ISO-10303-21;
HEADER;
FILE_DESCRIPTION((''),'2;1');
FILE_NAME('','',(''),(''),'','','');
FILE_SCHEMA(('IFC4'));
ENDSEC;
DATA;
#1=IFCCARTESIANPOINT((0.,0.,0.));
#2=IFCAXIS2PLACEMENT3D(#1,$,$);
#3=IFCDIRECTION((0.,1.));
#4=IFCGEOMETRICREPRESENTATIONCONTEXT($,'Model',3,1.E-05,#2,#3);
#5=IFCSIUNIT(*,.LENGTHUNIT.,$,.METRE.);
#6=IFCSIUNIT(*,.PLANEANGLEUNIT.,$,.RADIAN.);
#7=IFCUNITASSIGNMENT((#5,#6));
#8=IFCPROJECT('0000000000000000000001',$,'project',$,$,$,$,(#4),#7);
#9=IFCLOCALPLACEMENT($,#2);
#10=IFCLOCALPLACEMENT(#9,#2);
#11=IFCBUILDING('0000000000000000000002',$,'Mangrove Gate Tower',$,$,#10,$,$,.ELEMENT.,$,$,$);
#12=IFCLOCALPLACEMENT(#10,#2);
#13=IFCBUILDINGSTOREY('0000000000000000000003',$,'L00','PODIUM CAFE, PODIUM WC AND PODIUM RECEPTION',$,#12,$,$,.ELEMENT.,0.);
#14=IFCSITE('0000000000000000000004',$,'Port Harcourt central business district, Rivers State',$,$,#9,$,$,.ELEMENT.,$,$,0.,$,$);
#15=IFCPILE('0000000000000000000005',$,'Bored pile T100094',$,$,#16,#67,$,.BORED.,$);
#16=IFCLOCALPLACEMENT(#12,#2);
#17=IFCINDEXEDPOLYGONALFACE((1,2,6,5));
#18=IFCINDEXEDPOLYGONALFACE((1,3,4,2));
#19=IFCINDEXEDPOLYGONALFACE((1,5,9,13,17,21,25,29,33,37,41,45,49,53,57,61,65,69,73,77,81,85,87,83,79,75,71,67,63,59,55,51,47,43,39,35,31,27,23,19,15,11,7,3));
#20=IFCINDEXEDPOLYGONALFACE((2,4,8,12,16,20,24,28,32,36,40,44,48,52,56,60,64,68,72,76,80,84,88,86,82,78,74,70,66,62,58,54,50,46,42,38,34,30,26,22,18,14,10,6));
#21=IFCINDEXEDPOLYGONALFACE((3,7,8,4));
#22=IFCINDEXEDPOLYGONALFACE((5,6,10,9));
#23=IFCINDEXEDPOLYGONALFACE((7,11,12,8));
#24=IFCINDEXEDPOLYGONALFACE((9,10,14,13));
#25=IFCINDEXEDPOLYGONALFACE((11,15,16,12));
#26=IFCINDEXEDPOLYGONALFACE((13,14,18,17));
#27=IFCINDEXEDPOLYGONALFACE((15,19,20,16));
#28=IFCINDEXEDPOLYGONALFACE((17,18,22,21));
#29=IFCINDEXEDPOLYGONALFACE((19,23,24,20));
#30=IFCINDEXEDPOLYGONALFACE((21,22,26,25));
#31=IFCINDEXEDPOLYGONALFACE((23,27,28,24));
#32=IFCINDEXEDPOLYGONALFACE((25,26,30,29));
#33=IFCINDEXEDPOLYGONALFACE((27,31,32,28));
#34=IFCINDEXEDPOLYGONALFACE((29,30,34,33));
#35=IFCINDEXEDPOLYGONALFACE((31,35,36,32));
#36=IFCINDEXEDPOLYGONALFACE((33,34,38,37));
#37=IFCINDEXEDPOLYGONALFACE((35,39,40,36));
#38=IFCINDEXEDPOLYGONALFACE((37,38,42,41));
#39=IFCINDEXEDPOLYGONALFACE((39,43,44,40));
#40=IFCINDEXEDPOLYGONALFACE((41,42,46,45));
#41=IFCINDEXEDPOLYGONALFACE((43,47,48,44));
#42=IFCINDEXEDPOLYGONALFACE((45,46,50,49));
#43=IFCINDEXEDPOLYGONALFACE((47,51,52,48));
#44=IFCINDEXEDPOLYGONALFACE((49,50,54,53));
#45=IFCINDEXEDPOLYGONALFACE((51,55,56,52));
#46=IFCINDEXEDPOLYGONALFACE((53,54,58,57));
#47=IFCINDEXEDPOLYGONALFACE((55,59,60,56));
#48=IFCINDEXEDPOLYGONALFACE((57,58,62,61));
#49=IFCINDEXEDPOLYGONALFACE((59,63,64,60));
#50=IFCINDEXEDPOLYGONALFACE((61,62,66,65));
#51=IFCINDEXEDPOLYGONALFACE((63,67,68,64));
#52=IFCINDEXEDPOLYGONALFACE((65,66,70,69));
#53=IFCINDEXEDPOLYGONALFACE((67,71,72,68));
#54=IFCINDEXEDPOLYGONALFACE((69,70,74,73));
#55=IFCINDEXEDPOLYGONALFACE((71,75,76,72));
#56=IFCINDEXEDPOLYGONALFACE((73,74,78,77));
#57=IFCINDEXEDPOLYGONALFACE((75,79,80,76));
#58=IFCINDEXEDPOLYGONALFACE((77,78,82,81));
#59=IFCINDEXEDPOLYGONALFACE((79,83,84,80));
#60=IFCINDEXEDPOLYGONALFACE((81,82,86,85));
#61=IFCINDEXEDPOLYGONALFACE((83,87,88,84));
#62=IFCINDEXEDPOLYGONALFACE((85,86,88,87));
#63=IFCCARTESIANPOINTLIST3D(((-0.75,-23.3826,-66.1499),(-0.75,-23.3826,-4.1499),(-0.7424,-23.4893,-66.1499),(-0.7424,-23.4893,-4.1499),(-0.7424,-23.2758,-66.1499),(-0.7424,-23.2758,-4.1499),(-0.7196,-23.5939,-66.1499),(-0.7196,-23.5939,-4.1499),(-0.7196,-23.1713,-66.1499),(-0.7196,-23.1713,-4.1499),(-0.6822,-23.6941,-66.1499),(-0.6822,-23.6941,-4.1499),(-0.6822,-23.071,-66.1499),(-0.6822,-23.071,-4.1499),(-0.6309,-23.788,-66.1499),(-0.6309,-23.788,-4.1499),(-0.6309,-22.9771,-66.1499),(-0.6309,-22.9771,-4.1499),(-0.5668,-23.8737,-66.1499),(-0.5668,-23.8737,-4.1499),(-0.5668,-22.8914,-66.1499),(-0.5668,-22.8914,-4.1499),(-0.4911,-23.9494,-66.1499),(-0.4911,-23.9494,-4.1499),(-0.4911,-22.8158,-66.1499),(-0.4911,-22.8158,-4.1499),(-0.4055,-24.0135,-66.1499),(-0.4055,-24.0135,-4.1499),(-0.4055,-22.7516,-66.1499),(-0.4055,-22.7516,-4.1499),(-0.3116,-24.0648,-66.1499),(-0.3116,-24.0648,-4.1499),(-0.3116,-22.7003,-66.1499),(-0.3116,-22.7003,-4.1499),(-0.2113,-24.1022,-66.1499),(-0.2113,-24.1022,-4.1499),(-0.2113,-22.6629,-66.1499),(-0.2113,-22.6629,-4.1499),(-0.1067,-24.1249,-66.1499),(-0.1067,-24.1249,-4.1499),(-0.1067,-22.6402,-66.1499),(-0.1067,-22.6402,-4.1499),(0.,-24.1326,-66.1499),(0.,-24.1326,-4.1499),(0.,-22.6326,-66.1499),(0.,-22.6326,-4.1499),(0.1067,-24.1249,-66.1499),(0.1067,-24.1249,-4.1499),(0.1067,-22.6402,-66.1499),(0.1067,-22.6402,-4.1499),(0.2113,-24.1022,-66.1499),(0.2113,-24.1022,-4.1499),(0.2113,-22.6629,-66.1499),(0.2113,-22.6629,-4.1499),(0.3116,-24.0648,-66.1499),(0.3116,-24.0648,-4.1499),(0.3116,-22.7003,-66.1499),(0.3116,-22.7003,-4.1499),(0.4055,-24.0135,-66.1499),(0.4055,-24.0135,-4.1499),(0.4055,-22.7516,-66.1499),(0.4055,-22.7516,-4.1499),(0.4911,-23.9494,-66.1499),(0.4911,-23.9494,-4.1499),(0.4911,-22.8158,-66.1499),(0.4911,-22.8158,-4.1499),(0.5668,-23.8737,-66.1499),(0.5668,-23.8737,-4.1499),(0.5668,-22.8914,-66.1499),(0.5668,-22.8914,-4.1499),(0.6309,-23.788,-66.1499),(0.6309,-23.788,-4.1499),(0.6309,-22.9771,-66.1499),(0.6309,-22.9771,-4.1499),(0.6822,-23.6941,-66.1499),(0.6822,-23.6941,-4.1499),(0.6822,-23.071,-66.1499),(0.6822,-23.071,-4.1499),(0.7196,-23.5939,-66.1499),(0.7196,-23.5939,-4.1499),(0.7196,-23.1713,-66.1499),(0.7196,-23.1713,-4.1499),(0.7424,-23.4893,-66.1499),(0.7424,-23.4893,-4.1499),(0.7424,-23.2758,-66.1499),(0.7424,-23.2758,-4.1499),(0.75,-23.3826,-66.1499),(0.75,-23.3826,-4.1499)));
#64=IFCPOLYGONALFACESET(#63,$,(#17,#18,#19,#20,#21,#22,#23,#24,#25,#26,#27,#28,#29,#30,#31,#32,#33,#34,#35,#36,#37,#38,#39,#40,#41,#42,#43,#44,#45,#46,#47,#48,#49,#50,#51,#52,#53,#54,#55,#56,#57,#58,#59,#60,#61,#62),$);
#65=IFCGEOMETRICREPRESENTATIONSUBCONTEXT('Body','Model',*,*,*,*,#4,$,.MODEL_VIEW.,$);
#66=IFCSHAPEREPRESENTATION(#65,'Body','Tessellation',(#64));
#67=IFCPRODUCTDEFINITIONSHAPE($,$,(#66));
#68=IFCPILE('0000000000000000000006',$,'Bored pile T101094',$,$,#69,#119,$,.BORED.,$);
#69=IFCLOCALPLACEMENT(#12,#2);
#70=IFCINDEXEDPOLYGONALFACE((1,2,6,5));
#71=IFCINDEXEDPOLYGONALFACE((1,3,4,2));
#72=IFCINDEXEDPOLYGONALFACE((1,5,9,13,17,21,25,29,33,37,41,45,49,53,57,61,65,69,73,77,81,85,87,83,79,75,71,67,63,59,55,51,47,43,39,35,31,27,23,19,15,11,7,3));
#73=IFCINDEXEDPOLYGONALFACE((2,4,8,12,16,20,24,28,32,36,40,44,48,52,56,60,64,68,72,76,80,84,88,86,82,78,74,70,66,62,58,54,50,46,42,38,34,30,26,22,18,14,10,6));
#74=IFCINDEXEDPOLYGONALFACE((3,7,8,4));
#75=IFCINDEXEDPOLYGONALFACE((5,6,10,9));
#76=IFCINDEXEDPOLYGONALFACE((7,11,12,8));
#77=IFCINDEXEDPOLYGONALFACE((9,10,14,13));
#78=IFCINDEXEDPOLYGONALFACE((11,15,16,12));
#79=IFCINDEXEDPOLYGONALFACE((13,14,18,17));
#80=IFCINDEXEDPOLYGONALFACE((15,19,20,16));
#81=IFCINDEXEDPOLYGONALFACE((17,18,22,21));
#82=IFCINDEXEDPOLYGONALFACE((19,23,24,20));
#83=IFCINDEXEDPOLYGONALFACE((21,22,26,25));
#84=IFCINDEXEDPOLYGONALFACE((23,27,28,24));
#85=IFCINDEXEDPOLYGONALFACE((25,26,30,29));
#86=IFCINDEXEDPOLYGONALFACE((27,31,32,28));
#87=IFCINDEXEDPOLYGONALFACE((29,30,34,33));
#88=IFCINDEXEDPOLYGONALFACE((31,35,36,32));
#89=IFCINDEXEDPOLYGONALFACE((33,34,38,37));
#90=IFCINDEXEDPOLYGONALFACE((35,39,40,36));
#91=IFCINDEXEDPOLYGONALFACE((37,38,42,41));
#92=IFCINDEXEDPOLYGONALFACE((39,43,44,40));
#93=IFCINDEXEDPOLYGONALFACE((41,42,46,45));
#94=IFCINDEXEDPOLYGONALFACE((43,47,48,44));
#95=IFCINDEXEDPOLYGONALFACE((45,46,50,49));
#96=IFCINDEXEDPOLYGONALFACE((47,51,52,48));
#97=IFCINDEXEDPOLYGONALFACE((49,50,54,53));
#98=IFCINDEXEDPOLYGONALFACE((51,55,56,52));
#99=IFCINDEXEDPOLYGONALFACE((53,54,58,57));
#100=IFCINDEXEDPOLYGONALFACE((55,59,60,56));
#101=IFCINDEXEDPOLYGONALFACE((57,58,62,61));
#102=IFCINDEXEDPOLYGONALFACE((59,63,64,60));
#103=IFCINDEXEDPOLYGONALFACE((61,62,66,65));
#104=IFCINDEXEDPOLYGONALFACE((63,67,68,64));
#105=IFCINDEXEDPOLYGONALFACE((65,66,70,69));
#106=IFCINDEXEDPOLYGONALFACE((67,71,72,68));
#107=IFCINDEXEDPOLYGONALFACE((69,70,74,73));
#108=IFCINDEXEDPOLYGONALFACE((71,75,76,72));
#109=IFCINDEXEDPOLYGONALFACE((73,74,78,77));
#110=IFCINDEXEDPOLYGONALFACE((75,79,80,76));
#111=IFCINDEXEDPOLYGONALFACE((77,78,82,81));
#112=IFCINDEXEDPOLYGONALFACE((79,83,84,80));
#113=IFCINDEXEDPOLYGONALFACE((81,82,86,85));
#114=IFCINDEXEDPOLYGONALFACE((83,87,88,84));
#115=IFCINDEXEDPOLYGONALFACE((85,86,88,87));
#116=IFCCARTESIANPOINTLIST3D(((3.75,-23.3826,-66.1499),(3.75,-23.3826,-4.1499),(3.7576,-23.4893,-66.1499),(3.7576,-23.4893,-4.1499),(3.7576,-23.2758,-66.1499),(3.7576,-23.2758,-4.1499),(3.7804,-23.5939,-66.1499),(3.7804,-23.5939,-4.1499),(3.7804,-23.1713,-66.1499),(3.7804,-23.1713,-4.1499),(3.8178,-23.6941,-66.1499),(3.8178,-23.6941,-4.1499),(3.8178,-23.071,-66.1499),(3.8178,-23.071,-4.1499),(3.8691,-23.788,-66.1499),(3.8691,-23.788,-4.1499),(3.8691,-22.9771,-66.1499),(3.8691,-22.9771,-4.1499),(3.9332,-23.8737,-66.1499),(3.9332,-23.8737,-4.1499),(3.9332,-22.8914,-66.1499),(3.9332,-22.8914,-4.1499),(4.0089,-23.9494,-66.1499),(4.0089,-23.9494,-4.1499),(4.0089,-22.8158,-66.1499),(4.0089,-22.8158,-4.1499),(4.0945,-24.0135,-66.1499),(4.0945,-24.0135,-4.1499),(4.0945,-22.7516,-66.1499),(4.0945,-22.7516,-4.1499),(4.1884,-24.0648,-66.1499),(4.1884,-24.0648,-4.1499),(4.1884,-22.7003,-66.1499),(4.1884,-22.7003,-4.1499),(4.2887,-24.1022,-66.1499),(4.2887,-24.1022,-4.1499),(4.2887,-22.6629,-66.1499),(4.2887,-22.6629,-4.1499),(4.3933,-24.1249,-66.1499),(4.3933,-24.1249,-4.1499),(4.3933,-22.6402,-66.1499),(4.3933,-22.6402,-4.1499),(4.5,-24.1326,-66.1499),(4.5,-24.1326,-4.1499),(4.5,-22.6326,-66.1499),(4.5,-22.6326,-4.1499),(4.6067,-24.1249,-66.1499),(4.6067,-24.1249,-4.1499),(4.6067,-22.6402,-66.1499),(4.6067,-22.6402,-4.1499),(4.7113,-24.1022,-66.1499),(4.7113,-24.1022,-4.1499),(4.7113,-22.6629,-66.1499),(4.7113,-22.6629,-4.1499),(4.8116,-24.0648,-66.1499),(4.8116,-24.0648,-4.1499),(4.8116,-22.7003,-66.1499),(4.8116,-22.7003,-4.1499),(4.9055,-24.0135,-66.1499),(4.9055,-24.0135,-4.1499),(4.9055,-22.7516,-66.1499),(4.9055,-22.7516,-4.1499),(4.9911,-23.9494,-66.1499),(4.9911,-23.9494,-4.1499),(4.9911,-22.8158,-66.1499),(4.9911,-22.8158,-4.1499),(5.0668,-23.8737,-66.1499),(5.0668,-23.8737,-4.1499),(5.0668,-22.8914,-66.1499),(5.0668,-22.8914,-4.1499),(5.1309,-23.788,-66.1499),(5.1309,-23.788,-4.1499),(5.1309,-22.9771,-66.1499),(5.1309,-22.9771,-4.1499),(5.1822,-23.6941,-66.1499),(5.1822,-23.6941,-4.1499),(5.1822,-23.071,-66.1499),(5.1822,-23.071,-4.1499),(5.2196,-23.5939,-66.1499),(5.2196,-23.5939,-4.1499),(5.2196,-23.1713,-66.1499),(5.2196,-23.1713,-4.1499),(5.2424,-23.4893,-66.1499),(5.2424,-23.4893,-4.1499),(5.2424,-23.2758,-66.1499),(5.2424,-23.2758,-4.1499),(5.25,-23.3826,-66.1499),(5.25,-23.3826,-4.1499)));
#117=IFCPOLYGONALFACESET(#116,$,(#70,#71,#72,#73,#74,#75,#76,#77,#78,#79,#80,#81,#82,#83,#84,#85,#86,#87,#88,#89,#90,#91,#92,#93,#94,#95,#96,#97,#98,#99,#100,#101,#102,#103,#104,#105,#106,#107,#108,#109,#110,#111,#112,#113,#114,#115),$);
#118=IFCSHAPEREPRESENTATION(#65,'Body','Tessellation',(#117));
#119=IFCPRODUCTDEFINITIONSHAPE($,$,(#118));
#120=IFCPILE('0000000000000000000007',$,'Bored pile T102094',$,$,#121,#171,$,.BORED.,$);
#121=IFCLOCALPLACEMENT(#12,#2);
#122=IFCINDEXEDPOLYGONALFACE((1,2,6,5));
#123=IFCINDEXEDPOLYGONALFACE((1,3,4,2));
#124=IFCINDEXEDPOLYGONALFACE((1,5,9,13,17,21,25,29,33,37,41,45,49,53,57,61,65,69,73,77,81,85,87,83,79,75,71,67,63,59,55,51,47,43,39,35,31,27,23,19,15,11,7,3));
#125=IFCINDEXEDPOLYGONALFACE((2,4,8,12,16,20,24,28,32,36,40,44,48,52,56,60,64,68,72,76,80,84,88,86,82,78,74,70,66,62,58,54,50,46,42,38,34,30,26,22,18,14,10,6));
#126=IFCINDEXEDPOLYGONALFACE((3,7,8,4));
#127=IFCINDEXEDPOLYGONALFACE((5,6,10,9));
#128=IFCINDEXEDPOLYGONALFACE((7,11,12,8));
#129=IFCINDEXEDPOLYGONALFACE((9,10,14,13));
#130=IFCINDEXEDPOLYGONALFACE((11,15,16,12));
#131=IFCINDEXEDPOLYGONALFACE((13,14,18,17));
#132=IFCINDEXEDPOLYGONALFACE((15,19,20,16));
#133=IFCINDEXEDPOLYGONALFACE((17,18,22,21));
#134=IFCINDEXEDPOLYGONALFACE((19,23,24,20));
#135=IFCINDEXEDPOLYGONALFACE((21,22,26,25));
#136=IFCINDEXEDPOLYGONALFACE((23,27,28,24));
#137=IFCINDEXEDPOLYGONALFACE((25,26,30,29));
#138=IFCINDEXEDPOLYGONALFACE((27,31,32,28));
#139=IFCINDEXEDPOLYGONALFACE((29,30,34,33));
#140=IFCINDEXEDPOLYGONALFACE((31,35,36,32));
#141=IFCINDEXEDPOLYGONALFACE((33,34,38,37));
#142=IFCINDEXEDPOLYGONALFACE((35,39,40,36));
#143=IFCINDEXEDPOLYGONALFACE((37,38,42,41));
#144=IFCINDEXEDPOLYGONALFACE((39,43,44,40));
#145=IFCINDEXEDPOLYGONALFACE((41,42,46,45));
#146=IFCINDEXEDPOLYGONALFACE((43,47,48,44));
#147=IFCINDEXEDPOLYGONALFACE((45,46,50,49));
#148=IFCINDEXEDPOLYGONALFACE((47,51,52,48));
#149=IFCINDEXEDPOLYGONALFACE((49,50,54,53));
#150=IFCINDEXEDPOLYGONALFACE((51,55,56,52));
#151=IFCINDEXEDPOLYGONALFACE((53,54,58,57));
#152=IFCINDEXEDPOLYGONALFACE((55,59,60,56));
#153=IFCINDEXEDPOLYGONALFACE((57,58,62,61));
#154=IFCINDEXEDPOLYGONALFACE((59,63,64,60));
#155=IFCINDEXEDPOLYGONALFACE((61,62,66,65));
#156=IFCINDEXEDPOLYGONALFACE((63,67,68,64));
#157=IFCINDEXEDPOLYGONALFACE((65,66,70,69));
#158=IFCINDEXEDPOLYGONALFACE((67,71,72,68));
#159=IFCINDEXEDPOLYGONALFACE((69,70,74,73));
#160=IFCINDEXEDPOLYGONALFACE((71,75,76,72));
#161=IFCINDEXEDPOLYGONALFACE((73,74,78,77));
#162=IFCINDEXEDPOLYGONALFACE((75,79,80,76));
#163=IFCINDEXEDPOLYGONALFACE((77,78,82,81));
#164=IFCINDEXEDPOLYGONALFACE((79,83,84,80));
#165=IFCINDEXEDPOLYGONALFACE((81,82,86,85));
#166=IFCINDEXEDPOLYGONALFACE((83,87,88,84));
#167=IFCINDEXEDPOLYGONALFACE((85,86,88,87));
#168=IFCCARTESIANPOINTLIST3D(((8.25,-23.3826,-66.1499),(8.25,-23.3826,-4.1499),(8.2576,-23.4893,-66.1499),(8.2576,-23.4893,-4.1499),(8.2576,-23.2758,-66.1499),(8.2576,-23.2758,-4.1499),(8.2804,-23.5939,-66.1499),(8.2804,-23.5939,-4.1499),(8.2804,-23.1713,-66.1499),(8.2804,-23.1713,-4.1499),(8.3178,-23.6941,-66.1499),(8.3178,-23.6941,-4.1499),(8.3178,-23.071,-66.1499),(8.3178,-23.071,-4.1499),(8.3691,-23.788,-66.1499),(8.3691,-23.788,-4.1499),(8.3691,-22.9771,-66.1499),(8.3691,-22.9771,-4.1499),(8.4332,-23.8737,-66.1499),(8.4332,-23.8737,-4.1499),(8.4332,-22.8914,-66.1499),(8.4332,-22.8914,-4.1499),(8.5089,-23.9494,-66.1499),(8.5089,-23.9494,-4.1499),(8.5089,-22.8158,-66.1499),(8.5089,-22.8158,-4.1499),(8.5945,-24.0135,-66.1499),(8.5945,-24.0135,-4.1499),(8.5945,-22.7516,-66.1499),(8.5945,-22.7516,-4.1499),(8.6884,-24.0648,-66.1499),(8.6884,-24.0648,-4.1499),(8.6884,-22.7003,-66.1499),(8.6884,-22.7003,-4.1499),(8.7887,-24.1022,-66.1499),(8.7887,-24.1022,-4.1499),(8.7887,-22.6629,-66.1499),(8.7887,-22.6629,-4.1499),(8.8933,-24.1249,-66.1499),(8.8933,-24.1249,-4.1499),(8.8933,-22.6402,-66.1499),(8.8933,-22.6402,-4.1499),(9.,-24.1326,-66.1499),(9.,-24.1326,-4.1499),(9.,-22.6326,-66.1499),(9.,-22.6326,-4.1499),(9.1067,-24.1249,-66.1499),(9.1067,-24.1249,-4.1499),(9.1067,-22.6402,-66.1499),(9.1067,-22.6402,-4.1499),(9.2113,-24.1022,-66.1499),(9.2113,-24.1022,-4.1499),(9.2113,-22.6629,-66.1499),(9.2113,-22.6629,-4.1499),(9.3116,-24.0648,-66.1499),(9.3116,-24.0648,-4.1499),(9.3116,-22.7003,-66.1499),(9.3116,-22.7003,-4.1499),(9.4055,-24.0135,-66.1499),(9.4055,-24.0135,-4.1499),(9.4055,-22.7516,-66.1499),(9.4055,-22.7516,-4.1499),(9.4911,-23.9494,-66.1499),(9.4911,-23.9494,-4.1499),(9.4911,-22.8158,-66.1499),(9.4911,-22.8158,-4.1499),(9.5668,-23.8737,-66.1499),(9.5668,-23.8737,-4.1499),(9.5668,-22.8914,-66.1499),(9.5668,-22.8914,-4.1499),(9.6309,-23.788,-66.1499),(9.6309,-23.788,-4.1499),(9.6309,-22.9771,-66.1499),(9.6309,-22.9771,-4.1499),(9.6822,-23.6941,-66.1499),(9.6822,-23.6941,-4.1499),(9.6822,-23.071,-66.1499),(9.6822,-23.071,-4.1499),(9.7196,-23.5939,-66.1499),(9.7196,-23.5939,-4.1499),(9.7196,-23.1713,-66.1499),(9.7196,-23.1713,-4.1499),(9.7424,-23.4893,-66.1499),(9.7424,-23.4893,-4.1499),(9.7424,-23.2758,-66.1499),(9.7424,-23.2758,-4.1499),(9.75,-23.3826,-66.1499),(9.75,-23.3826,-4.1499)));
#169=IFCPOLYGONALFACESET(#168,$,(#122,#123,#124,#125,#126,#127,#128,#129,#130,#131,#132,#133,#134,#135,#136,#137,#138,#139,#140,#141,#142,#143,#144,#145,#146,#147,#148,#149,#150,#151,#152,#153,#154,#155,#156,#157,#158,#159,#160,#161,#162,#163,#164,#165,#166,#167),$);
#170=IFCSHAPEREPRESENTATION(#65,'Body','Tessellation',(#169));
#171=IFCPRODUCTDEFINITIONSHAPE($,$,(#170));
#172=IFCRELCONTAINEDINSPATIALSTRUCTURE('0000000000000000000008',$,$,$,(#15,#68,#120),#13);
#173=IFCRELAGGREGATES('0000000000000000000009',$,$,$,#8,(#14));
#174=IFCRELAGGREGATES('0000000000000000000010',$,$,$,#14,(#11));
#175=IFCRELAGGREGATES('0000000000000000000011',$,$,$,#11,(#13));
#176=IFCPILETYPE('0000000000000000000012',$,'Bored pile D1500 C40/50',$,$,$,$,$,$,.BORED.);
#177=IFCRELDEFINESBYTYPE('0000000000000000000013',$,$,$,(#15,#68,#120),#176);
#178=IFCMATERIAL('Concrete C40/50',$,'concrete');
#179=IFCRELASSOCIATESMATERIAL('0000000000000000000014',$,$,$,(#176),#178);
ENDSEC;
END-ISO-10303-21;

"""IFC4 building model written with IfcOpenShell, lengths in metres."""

from ifc_helpers import new_model, si_unit, direction, frame, origin, origin_2d, place, context, subcontext, project, spatial, circle, extrude, material, material_profile, profile_set, type_object, element, save


model = new_model("IFC4")

# Units and contexts
model_context = context("Model", 3, precision=1e-05, world=origin(), true_north=direction((0.0, 1.0)))
body_context = subcontext(model_context, "Body", "Model", "MODEL_VIEW")
ifc_project = project(units=[si_unit("LENGTHUNIT", "METRE"), si_unit("PLANEANGLEUNIT", "RADIAN")], contexts=[model_context])

# Site, building, storey
site_placement = place(None, origin())
site = spatial("IfcSite", under=ifc_project, at=site_placement, Name="Port Harcourt central business district, Rivers State", CompositionType="ELEMENT", RefElevation=0.0)
building_placement = place(site_placement, origin())
building = spatial("IfcBuilding", under=site, at=building_placement, Name="Mangrove Gate Tower", CompositionType="ELEMENT")
storey_placement = place(building_placement, origin())
storey = spatial("IfcBuildingStorey", under=building, at=storey_placement, Name="L00", Description="PODIUM CAFE, PODIUM WC AND PODIUM RECEPTION", CompositionType="ELEMENT", Elevation=0.0)

# Piles
ifc_material_1 = material(Name="Concrete C40/50", Category="concrete")
ifc_material_profile_1 = material_profile(ifc_material_1, circle(Radius=0.75, at=origin_2d()))
ifc_profile_set_1 = profile_set([ifc_material_profile_1], Name="Concrete C40/50")
pile_type = type_object("IfcPileType", Name="Bored pile D1500 C40/50", PredefinedType="BORED", material=ifc_profile_set_1)
for number, where, z_axis, x_axis, name in (
    (1, (0.0, -23.3826, -4.1499), (0.0, 0.0, -1.0), (1.0, 0.0, 0.0), "Bored pile T100094"),
    (2, (4.5, -23.3826, -4.1499), (0.0, 0.0, -1.0), (1.0, 0.0, 0.0), "Bored pile T101094"),
    (3, (9.0, -23.3826, -4.1499), (0.0, 0.0, -1.0), (1.0, 0.0, 0.0), "Bored pile T102094"),
):
    element("IfcPile", number, at=place(storey_placement, frame(where, z_axis=z_axis, x_axis=x_axis)), inside=storey, type_object=pile_type, Name=name, PredefinedType="BORED", context=body_context, shape_type="SweptSolid", body=[
        extrude(circle(Radius=0.75, at=origin_2d()), origin(), (0.0, 0.0, 1.0), 62.0),
    ])

save(model, "model.ifc")
